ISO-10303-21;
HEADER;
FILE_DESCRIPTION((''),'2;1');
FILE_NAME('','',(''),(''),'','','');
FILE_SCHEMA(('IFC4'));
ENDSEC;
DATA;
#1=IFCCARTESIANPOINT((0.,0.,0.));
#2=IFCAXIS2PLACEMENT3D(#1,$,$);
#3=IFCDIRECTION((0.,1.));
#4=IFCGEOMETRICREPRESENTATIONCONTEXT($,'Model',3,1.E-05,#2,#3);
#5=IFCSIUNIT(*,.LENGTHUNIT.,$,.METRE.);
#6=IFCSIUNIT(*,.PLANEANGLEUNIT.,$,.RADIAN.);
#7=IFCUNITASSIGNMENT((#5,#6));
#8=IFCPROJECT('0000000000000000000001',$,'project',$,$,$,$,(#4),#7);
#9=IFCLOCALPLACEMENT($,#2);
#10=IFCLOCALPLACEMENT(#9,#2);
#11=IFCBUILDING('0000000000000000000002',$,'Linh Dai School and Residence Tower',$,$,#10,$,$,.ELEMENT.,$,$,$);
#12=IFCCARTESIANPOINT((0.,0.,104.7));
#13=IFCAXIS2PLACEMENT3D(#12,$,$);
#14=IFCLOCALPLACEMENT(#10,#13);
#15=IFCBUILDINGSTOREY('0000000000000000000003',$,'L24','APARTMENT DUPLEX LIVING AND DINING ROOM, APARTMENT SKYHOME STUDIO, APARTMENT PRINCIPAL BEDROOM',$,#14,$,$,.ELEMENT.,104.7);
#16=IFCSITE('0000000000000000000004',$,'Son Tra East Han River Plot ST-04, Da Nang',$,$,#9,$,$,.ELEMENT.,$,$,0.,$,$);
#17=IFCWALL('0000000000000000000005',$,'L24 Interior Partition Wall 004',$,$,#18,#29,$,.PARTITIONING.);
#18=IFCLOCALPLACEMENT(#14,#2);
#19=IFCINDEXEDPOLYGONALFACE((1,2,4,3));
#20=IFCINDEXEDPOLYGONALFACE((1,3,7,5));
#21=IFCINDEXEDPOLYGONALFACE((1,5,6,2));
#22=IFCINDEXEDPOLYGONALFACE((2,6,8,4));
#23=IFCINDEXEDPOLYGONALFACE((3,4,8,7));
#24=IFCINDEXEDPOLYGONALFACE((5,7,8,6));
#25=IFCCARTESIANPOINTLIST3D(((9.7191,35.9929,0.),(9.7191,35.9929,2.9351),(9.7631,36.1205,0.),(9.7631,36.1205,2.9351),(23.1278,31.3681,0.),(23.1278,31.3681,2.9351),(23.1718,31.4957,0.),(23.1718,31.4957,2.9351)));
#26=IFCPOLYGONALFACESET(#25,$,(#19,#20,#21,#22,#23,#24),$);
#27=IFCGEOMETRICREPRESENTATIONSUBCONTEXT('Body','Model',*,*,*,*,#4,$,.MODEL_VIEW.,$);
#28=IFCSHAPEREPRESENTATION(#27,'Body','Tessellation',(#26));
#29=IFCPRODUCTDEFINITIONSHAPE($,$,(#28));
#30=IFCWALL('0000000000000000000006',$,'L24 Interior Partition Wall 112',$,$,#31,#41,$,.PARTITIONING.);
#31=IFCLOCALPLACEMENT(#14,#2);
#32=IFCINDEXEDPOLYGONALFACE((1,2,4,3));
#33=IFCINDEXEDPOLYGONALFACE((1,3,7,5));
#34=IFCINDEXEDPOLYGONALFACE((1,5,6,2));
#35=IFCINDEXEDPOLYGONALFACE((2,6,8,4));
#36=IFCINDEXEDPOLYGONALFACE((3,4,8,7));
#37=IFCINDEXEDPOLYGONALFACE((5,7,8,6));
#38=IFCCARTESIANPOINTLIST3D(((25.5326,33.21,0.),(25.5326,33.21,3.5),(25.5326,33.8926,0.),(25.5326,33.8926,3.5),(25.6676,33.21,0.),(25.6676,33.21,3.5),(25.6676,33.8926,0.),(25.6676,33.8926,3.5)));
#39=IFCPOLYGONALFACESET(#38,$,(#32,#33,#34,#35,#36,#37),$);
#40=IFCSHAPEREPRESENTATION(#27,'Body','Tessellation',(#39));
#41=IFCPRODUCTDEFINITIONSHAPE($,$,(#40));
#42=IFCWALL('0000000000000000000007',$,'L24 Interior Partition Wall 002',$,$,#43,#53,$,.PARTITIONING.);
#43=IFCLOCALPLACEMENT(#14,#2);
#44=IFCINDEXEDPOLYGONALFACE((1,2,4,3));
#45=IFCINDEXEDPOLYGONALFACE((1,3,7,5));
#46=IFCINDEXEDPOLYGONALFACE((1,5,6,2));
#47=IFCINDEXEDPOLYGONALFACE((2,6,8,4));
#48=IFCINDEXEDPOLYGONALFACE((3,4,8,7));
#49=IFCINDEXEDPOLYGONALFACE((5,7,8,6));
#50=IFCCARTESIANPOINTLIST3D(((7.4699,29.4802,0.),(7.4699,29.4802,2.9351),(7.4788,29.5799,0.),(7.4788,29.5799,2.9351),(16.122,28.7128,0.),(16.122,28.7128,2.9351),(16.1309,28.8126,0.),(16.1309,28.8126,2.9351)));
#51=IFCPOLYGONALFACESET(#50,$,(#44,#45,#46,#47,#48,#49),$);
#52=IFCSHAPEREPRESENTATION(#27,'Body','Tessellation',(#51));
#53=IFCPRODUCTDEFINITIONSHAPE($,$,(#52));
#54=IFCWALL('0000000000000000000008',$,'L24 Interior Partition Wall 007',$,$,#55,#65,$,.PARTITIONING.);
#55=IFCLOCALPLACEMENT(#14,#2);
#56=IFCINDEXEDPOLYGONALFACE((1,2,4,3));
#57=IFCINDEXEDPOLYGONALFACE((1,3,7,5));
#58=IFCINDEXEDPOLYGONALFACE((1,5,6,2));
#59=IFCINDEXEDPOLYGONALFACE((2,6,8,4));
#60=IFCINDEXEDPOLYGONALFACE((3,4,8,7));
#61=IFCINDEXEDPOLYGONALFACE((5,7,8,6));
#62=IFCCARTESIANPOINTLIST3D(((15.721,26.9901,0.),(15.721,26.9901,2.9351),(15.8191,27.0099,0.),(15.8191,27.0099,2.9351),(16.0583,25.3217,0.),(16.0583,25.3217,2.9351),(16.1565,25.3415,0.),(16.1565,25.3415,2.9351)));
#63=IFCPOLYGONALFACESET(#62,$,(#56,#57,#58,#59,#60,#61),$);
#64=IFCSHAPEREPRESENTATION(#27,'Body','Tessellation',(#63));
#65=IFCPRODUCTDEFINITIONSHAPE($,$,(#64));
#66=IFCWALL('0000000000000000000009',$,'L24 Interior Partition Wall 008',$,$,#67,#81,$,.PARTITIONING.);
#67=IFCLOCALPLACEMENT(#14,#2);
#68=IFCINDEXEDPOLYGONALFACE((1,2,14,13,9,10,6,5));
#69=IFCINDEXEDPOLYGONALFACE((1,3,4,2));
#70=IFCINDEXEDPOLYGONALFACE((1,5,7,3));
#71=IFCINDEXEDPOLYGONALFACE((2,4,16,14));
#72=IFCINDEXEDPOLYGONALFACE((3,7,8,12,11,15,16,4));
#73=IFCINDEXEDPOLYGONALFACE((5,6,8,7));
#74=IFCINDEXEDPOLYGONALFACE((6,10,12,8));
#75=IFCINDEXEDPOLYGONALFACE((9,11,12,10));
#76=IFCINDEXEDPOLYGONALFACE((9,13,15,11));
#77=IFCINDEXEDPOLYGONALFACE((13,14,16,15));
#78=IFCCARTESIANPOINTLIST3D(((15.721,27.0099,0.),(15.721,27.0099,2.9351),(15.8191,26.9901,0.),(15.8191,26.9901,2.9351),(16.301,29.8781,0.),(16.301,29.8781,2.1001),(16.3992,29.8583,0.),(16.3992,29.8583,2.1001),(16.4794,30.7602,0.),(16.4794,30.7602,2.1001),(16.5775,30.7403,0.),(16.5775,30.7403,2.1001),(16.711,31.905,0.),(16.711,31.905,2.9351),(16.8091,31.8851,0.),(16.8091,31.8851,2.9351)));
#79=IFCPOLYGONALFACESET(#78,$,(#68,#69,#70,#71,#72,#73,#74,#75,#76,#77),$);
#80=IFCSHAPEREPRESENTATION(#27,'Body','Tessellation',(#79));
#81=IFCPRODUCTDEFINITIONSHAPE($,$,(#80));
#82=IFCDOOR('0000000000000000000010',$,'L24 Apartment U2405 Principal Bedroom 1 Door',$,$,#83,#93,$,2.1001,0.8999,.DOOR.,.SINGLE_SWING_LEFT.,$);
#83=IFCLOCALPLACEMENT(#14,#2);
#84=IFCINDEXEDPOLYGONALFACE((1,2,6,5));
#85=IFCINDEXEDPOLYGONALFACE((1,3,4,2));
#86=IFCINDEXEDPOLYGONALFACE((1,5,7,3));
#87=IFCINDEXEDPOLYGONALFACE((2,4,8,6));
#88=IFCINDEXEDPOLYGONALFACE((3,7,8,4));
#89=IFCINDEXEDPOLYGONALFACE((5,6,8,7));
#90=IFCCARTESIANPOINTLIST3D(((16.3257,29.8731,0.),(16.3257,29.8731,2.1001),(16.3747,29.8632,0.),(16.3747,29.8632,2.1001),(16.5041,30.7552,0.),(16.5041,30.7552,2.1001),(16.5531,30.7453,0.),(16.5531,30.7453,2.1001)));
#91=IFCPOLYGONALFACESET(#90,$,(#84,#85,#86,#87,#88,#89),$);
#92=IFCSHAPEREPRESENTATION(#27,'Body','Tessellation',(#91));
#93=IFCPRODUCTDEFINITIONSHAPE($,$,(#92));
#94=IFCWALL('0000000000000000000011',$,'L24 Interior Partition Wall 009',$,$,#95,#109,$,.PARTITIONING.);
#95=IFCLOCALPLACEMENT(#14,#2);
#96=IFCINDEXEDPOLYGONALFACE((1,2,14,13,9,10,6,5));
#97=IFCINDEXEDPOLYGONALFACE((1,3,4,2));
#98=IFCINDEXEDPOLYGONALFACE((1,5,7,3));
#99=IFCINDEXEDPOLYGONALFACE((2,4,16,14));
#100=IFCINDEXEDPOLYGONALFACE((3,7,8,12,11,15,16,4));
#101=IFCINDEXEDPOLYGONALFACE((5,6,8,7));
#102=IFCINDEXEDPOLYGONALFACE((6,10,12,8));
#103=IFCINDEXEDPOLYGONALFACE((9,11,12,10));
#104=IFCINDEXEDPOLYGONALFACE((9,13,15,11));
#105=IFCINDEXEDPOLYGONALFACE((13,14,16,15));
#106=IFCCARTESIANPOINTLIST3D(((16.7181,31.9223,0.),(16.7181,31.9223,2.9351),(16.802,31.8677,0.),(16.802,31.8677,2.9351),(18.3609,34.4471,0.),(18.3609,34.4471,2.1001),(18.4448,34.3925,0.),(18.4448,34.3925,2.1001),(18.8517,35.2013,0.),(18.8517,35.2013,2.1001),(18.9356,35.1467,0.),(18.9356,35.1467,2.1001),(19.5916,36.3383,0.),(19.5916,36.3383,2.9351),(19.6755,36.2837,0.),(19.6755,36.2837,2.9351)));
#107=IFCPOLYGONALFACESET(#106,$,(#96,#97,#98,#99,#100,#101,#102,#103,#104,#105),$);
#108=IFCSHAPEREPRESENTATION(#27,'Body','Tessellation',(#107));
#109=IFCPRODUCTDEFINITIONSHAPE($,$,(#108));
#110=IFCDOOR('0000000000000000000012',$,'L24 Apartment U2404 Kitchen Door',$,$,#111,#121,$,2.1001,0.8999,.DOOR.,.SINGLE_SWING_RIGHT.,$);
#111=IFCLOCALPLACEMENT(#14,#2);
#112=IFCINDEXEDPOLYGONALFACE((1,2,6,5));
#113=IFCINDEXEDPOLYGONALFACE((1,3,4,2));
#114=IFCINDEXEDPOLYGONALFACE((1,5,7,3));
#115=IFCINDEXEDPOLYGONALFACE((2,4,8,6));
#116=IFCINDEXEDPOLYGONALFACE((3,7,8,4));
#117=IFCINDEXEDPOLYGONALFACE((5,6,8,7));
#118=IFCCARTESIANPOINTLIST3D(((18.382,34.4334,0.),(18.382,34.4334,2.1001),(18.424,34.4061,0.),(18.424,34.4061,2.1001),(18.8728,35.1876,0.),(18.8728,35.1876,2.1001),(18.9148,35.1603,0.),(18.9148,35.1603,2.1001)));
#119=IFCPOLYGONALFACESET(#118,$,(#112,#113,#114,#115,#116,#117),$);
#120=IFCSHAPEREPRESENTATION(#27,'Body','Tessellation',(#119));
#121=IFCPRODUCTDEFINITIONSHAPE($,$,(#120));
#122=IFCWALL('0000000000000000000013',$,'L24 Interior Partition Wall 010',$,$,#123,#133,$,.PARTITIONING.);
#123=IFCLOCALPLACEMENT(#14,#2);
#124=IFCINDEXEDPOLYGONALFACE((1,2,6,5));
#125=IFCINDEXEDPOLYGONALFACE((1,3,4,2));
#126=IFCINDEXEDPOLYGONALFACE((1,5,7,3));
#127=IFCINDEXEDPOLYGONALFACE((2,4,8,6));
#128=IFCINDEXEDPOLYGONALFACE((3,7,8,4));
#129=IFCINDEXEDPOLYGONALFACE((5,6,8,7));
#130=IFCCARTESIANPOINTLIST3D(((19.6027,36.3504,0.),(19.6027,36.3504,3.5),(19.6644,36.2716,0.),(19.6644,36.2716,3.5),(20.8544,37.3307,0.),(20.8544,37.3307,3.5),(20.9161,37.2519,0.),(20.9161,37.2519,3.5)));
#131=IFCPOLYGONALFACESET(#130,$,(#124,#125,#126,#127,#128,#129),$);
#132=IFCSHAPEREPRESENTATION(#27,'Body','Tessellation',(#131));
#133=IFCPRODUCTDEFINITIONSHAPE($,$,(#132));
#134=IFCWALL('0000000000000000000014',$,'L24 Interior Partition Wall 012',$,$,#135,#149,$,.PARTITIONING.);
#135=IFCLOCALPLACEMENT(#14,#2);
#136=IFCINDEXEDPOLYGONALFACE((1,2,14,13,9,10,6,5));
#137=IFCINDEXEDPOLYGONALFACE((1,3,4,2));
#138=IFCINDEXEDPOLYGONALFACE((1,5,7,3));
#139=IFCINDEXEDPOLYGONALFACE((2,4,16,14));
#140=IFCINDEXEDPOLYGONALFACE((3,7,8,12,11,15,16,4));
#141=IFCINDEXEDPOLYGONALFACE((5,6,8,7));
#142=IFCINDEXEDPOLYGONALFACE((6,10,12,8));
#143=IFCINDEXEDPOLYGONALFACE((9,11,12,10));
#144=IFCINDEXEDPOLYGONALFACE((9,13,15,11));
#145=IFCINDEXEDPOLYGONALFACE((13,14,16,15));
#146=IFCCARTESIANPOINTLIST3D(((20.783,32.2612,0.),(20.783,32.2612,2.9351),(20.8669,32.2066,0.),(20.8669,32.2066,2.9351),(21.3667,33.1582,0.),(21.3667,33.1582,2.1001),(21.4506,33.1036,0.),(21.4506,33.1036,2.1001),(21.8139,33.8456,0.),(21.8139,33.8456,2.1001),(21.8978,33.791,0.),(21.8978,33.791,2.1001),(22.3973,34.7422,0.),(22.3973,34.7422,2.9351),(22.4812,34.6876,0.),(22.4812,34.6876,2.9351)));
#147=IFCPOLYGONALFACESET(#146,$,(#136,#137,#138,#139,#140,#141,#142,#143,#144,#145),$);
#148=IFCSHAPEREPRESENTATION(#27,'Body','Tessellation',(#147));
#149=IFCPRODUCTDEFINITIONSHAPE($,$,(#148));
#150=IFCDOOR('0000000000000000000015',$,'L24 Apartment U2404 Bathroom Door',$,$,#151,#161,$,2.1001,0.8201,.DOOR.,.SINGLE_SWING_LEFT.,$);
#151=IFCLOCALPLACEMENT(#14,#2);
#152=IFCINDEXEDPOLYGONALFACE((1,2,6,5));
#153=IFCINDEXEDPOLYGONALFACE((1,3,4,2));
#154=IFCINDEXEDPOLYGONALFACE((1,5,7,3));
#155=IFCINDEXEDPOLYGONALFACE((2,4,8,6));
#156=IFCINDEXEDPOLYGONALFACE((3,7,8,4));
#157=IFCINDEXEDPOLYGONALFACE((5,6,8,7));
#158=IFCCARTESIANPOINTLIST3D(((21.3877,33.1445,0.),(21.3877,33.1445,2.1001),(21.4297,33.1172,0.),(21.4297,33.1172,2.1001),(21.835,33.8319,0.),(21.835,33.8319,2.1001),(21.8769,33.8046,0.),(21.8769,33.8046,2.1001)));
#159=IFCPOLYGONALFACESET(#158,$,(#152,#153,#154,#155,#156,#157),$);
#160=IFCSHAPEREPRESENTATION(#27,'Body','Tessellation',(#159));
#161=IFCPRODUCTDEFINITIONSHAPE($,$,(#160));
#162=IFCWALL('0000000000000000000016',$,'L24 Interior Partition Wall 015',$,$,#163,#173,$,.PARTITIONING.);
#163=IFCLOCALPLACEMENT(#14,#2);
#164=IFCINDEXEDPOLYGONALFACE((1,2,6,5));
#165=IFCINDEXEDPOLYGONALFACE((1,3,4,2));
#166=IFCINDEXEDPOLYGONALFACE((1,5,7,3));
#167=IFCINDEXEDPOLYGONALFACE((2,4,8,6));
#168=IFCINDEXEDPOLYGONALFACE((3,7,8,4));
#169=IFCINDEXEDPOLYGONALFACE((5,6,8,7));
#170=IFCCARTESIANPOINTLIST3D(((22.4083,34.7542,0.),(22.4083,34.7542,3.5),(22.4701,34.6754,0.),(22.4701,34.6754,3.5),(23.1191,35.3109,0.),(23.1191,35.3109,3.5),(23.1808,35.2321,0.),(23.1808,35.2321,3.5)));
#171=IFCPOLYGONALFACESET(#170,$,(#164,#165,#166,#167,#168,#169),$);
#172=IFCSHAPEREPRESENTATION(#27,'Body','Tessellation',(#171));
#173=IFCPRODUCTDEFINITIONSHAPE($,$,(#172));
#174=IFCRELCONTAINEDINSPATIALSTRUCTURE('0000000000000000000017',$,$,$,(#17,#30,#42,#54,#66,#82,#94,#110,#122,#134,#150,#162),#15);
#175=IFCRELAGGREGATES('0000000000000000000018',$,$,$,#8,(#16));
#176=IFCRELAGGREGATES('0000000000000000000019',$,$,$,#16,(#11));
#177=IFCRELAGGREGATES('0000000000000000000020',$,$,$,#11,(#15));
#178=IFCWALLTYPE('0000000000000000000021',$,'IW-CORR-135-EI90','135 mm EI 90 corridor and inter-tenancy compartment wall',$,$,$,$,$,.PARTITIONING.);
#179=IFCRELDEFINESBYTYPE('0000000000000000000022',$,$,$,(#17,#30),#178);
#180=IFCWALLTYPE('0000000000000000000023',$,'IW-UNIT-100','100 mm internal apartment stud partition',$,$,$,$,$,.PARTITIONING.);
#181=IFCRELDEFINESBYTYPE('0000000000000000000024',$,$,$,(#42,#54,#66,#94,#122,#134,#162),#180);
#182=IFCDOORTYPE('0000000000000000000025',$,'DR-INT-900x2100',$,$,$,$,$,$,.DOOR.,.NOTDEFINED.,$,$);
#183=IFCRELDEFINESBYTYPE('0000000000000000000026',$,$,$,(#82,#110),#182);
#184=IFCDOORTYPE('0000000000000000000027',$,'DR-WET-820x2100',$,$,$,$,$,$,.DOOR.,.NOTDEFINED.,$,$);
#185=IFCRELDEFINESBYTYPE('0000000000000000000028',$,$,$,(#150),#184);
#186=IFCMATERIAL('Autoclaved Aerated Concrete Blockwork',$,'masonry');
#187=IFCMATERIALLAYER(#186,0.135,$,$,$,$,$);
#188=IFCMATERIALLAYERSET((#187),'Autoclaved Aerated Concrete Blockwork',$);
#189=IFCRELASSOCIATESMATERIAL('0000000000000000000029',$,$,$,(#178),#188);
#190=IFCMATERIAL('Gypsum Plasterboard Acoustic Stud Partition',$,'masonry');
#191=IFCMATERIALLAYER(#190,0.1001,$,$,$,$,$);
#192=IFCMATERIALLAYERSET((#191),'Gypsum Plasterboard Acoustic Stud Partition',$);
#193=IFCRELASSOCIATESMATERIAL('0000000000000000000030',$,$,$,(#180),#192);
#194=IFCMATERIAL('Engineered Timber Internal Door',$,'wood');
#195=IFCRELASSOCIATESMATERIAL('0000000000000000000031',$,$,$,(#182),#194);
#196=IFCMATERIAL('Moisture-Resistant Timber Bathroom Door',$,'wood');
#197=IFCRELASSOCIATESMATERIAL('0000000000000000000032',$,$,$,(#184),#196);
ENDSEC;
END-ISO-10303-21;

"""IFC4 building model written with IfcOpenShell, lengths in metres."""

from ifc_helpers import new_model, si_unit, direction, frame, frame_2d, origin, origin_2d, place, context, subcontext, project, spatial, rectangle, extrude, source, transform, mapped, material, layer, layer_set, type_object, element, fill, save


model = new_model("IFC4")

# Units and contexts
model_context = context("Model", 3, precision=1e-05, world=origin(), true_north=direction((0.0, 1.0)))
body_context = subcontext(model_context, "Body", "Model", "MODEL_VIEW")
ifc_project = project(units=[si_unit("LENGTHUNIT", "METRE"), si_unit("PLANEANGLEUNIT", "RADIAN")], contexts=[model_context])

# Site, building, storey
site_placement = place(None, origin())
site = spatial("IfcSite", under=ifc_project, at=site_placement, Name="Son Tra East Han River Plot ST-04, Da Nang", CompositionType="ELEMENT", RefElevation=0.0)
building_placement = place(site_placement, origin())
building = spatial("IfcBuilding", under=site, at=building_placement, Name="Linh Dai School and Residence Tower", CompositionType="ELEMENT")
storey_placement = place(building_placement, frame((0.0, 0.0, 104.7)))
storey = spatial("IfcBuildingStorey", under=building, at=storey_placement, Name="L24", Description="APARTMENT DUPLEX LIVING AND DINING ROOM, APARTMENT SKYHOME STUDIO, APARTMENT PRINCIPAL BEDROOM", CompositionType="ELEMENT", Elevation=104.7)

# Walls
ifc_material_1 = material(Name="Autoclaved Aerated Concrete Blockwork", Category="masonry")
ifc_layer_1 = layer(ifc_material_1, 0.135)
ifc_layer_set_1 = layer_set([ifc_layer_1], Name="Autoclaved Aerated Concrete Blockwork")
wall_type_1 = type_object("IfcWallType", Name="IW-CORR-135-EI90", Description="135 mm EI 90 corridor and inter-tenancy compartment wall", PredefinedType="PARTITIONING", material=ifc_layer_set_1)
wall_1_placement = place(storey_placement, frame((9.7412, 36.0566, 0.0), z_axis=(0.0, 0.0, 1.0), x_axis=(0.94535, -0.326058, 0.0)))
element("IfcWall", 1, at=wall_1_placement, inside=storey, type_object=wall_type_1, Name="L24 Interior Partition Wall 004", PredefinedType="PARTITIONING", context=body_context, shape_type="SweptSolid", body=[
    extrude(rectangle(XDim=14.1838, YDim=0.135, at=frame_2d((7.0918, 0.0))), origin(), (0.0, 0.0, 1.0), 2.9351),
])
wall_2_placement = place(storey_placement, frame((25.6001, 33.8926, 0.0), z_axis=(0.0, 0.0, 1.0), x_axis=(0.0, -1.0, 0.0)))
element("IfcWall", 2, at=wall_2_placement, inside=storey, type_object=wall_type_1, Name="L24 Interior Partition Wall 112", PredefinedType="PARTITIONING", context=body_context, shape_type="SweptSolid", body=[
    extrude(rectangle(XDim=0.6826, YDim=0.135, at=frame_2d((0.3413, 0.0))), origin(), (0.0, 0.0, 1.0), 3.5),
])
ifc_material_2 = material(Name="Gypsum Plasterboard Acoustic Stud Partition", Category="masonry")
ifc_layer_2 = layer(ifc_material_2, 0.1001)
ifc_layer_set_2 = layer_set([ifc_layer_2], Name="Gypsum Plasterboard Acoustic Stud Partition")
wall_type_2 = type_object("IfcWallType", Name="IW-UNIT-100", Description="100 mm internal apartment stud partition", PredefinedType="PARTITIONING", material=ifc_layer_set_2)
wall_3_placement = place(storey_placement, frame((7.4744, 29.53, 0.0), z_axis=(0.0, 0.0, 1.0), x_axis=(0.99609, -0.088341, 0.0)))
element("IfcWall", 3, at=wall_3_placement, inside=storey, type_object=wall_type_2, Name="L24 Interior Partition Wall 002", PredefinedType="PARTITIONING", context=body_context, shape_type="SweptSolid", body=[
    extrude(rectangle(XDim=8.686, YDim=0.1001, at=frame_2d((4.343, 0.0))), origin(), (0.0, 0.0, 1.0), 2.9351),
])
wall_4_placement = place(storey_placement, frame((15.77, 27.0, 0.0), z_axis=(0.0, 0.0, 1.0), x_axis=(0.198212, -0.980159, 0.0)))
element("IfcWall", 4, at=wall_4_placement, inside=storey, type_object=wall_type_2, Name="L24 Interior Partition Wall 007", PredefinedType="PARTITIONING", context=body_context, shape_type="SweptSolid", body=[
    extrude(rectangle(XDim=1.7021, YDim=0.1001, at=frame_2d((0.8511, 0.0))), origin(), (0.0, 0.0, 1.0), 2.9351),
])

# Walls, openings, doors
wall_5_placement = place(storey_placement, frame((15.77, 27.0, 0.0), z_axis=(0.0, 0.0, 1.0), x_axis=(0.198231, 0.980155, 0.0)))
wall_5 = element("IfcWall", 5, at=wall_5_placement, inside=storey, type_object=wall_type_2, Name="L24 Interior Partition Wall 008", PredefinedType="PARTITIONING", context=body_context, shape_type="SweptSolid", body=[
    extrude(rectangle(XDim=4.9941, YDim=0.1001, at=frame_2d((2.4971, 0.0))), origin(), (0.0, 0.0, 1.0), 2.9351),
])
opening_1_placement = place(wall_5_placement, frame((2.9263, 0.0, 0.0)))
opening_1 = element("IfcOpeningElement", 6, at=opening_1_placement, cuts=wall_5, PredefinedType="OPENING", context=body_context, shape_type="SweptSolid", body=[
    extrude(rectangle(XDim=0.8999, YDim=2.1001, at=origin_2d()), frame((0.45, 0.0601, 1.05), z_axis=(0.0, -1.0, 0.0), x_axis=(1.0, 0.0, 0.0)), (0.0, 0.0, 1.0), 0.1201),
])
ifc_material_3 = material(Name="Engineered Timber Internal Door", Category="wood")
door_type_1 = type_object("IfcDoorType", Name="DR-INT-900x2100", OperationType="NOTDEFINED", PredefinedType="DOOR", material=ifc_material_3)
shared_shape_1 = source(origin(), body_context, "Body", "SweptSolid", [
    extrude(rectangle(XDim=0.8999, YDim=2.1001, at=origin_2d()), frame((0.45, 0.0249, 1.05), z_axis=(0.0, -1.0, 0.0), x_axis=(1.0, 0.0, 0.0)), (0.0, 0.0, 1.0), 0.05),
])
door_1_placement = place(opening_1_placement, origin())
door_1 = element("IfcDoor", 7, at=door_1_placement, inside=storey, type_object=door_type_1, Name="L24 Apartment U2405 Principal Bedroom 1 Door", OperationType="SINGLE_SWING_LEFT", OverallHeight=2.1001, OverallWidth=0.8999, PredefinedType="DOOR", context=body_context, shape_type="MappedRepresentation", body=[
    mapped(shared_shape_1, transform((0.0, 0.0, 0.0), x_axis=(1.0, 0.0, 0.0), y_axis=(0.0, 1.0, 0.0), z_axis=(0.0, 0.0, 1.0), scale=1.0)),
])
fill(opening_1, door_1)
wall_6_placement = place(storey_placement, frame((16.76, 31.895, 0.0), z_axis=(0.0, 0.0, 1.0), x_axis=(0.545405, 0.838172, 0.0)))
wall_6 = element("IfcWall", 8, at=wall_6_placement, inside=storey, type_object=wall_type_2, Name="L24 Interior Partition Wall 009", PredefinedType="PARTITIONING", context=body_context, shape_type="SweptSolid", body=[
    extrude(rectangle(XDim=5.2686, YDim=0.1001, at=frame_2d((2.6343, 0.0))), origin(), (0.0, 0.0, 1.0), 2.9351),
])
opening_2_placement = place(wall_6_placement, frame((3.0122, 0.0, 0.0)))
opening_2 = element("IfcOpeningElement", 9, at=opening_2_placement, cuts=wall_6, PredefinedType="OPENING", context=body_context, shape_type="SweptSolid", body=[
    extrude(rectangle(XDim=0.8999, YDim=2.1001, at=origin_2d()), frame((0.45, 0.0601, 1.05), z_axis=(0.0, -1.0, 0.0), x_axis=(1.0, 0.0, 0.0)), (0.0, 0.0, 1.0), 0.1201),
])
door_2_placement = place(opening_2_placement, origin())
door_2 = element("IfcDoor", 10, at=door_2_placement, inside=storey, type_object=door_type_1, Name="L24 Apartment U2404 Kitchen Door", OperationType="SINGLE_SWING_RIGHT", OverallHeight=2.1001, OverallWidth=0.8999, PredefinedType="DOOR", context=body_context, shape_type="MappedRepresentation", body=[
    mapped(shared_shape_1, transform((0.0, 0.0, 0.0), x_axis=(1.0, 0.0, 0.0), y_axis=(0.0, 1.0, 0.0), z_axis=(0.0, 0.0, 1.0), scale=1.0)),
])
fill(opening_2, door_2)

# Wall
wall_7_placement = place(storey_placement, frame((19.6335, 36.311, 0.0), z_axis=(0.0, 0.0, 1.0), x_axis=(0.787314, 0.616553, 0.0)))
element("IfcWall", 11, at=wall_7_placement, inside=storey, type_object=wall_type_2, Name="L24 Interior Partition Wall 010", PredefinedType="PARTITIONING", context=body_context, shape_type="SweptSolid", body=[
    extrude(rectangle(XDim=1.5898, YDim=0.1001, at=frame_2d((0.7949, 0.0))), origin(), (0.0, 0.0, 1.0), 3.5),
])

# Wall, opening, door
wall_8_placement = place(storey_placement, frame((20.825, 32.2339, 0.0), z_axis=(0.0, 0.0, 1.0), x_axis=(0.545377, 0.838191, 0.0)))
wall_8 = element("IfcWall", 12, at=wall_8_placement, inside=storey, type_object=wall_type_2, Name="L24 Interior Partition Wall 012", PredefinedType="PARTITIONING", context=body_context, shape_type="SweptSolid", body=[
    extrude(rectangle(XDim=2.96, YDim=0.1001, at=frame_2d((1.48, 0.0))), origin(), (0.0, 0.0, 1.0), 2.9351),
])
opening_3_placement = place(wall_8_placement, frame((1.0701, 0.0, 0.0)))
opening_3 = element("IfcOpeningElement", 13, at=opening_3_placement, cuts=wall_8, PredefinedType="OPENING", context=body_context, shape_type="SweptSolid", body=[
    extrude(rectangle(XDim=0.8201, YDim=2.1001, at=origin_2d()), frame((0.4102, 0.0601, 1.05), z_axis=(0.0, -1.0, 0.0), x_axis=(1.0, 0.0, 0.0)), (0.0, 0.0, 1.0), 0.1201),
])
ifc_material_4 = material(Name="Moisture-Resistant Timber Bathroom Door", Category="wood")
door_type_2 = type_object("IfcDoorType", Name="DR-WET-820x2100", OperationType="NOTDEFINED", PredefinedType="DOOR", material=ifc_material_4)
shared_shape_2 = source(origin(), body_context, "Body", "SweptSolid", [
    extrude(rectangle(XDim=0.8201, YDim=2.1001, at=origin_2d()), frame((0.4102, 0.0249, 1.05), z_axis=(0.0, -1.0, 0.0), x_axis=(1.0, 0.0, 0.0)), (0.0, 0.0, 1.0), 0.05),
])
door_3_placement = place(opening_3_placement, origin())
door_3 = element("IfcDoor", 14, at=door_3_placement, inside=storey, type_object=door_type_2, Name="L24 Apartment U2404 Bathroom Door", OperationType="SINGLE_SWING_LEFT", OverallHeight=2.1001, OverallWidth=0.8201, PredefinedType="DOOR", context=body_context, shape_type="MappedRepresentation", body=[
    mapped(shared_shape_2, transform((0.0, 0.0, 0.0), x_axis=(1.0, 0.0, 0.0), y_axis=(0.0, 1.0, 0.0), z_axis=(0.0, 0.0, 1.0), scale=1.0)),
])
fill(opening_3, door_3)

# Wall
wall_9_placement = place(storey_placement, frame((22.4392, 34.7148, 0.0), z_axis=(0.0, 0.0, 1.0), x_axis=(0.787265, 0.616614, 0.0)))
element("IfcWall", 15, at=wall_9_placement, inside=storey, type_object=wall_type_2, Name="L24 Interior Partition Wall 015", PredefinedType="PARTITIONING", context=body_context, shape_type="SweptSolid", body=[
    extrude(rectangle(XDim=0.9028, YDim=0.1001, at=frame_2d((0.4514, 0.0))), origin(), (0.0, 0.0, 1.0), 3.5),
])

save(model, "model.ifc")
